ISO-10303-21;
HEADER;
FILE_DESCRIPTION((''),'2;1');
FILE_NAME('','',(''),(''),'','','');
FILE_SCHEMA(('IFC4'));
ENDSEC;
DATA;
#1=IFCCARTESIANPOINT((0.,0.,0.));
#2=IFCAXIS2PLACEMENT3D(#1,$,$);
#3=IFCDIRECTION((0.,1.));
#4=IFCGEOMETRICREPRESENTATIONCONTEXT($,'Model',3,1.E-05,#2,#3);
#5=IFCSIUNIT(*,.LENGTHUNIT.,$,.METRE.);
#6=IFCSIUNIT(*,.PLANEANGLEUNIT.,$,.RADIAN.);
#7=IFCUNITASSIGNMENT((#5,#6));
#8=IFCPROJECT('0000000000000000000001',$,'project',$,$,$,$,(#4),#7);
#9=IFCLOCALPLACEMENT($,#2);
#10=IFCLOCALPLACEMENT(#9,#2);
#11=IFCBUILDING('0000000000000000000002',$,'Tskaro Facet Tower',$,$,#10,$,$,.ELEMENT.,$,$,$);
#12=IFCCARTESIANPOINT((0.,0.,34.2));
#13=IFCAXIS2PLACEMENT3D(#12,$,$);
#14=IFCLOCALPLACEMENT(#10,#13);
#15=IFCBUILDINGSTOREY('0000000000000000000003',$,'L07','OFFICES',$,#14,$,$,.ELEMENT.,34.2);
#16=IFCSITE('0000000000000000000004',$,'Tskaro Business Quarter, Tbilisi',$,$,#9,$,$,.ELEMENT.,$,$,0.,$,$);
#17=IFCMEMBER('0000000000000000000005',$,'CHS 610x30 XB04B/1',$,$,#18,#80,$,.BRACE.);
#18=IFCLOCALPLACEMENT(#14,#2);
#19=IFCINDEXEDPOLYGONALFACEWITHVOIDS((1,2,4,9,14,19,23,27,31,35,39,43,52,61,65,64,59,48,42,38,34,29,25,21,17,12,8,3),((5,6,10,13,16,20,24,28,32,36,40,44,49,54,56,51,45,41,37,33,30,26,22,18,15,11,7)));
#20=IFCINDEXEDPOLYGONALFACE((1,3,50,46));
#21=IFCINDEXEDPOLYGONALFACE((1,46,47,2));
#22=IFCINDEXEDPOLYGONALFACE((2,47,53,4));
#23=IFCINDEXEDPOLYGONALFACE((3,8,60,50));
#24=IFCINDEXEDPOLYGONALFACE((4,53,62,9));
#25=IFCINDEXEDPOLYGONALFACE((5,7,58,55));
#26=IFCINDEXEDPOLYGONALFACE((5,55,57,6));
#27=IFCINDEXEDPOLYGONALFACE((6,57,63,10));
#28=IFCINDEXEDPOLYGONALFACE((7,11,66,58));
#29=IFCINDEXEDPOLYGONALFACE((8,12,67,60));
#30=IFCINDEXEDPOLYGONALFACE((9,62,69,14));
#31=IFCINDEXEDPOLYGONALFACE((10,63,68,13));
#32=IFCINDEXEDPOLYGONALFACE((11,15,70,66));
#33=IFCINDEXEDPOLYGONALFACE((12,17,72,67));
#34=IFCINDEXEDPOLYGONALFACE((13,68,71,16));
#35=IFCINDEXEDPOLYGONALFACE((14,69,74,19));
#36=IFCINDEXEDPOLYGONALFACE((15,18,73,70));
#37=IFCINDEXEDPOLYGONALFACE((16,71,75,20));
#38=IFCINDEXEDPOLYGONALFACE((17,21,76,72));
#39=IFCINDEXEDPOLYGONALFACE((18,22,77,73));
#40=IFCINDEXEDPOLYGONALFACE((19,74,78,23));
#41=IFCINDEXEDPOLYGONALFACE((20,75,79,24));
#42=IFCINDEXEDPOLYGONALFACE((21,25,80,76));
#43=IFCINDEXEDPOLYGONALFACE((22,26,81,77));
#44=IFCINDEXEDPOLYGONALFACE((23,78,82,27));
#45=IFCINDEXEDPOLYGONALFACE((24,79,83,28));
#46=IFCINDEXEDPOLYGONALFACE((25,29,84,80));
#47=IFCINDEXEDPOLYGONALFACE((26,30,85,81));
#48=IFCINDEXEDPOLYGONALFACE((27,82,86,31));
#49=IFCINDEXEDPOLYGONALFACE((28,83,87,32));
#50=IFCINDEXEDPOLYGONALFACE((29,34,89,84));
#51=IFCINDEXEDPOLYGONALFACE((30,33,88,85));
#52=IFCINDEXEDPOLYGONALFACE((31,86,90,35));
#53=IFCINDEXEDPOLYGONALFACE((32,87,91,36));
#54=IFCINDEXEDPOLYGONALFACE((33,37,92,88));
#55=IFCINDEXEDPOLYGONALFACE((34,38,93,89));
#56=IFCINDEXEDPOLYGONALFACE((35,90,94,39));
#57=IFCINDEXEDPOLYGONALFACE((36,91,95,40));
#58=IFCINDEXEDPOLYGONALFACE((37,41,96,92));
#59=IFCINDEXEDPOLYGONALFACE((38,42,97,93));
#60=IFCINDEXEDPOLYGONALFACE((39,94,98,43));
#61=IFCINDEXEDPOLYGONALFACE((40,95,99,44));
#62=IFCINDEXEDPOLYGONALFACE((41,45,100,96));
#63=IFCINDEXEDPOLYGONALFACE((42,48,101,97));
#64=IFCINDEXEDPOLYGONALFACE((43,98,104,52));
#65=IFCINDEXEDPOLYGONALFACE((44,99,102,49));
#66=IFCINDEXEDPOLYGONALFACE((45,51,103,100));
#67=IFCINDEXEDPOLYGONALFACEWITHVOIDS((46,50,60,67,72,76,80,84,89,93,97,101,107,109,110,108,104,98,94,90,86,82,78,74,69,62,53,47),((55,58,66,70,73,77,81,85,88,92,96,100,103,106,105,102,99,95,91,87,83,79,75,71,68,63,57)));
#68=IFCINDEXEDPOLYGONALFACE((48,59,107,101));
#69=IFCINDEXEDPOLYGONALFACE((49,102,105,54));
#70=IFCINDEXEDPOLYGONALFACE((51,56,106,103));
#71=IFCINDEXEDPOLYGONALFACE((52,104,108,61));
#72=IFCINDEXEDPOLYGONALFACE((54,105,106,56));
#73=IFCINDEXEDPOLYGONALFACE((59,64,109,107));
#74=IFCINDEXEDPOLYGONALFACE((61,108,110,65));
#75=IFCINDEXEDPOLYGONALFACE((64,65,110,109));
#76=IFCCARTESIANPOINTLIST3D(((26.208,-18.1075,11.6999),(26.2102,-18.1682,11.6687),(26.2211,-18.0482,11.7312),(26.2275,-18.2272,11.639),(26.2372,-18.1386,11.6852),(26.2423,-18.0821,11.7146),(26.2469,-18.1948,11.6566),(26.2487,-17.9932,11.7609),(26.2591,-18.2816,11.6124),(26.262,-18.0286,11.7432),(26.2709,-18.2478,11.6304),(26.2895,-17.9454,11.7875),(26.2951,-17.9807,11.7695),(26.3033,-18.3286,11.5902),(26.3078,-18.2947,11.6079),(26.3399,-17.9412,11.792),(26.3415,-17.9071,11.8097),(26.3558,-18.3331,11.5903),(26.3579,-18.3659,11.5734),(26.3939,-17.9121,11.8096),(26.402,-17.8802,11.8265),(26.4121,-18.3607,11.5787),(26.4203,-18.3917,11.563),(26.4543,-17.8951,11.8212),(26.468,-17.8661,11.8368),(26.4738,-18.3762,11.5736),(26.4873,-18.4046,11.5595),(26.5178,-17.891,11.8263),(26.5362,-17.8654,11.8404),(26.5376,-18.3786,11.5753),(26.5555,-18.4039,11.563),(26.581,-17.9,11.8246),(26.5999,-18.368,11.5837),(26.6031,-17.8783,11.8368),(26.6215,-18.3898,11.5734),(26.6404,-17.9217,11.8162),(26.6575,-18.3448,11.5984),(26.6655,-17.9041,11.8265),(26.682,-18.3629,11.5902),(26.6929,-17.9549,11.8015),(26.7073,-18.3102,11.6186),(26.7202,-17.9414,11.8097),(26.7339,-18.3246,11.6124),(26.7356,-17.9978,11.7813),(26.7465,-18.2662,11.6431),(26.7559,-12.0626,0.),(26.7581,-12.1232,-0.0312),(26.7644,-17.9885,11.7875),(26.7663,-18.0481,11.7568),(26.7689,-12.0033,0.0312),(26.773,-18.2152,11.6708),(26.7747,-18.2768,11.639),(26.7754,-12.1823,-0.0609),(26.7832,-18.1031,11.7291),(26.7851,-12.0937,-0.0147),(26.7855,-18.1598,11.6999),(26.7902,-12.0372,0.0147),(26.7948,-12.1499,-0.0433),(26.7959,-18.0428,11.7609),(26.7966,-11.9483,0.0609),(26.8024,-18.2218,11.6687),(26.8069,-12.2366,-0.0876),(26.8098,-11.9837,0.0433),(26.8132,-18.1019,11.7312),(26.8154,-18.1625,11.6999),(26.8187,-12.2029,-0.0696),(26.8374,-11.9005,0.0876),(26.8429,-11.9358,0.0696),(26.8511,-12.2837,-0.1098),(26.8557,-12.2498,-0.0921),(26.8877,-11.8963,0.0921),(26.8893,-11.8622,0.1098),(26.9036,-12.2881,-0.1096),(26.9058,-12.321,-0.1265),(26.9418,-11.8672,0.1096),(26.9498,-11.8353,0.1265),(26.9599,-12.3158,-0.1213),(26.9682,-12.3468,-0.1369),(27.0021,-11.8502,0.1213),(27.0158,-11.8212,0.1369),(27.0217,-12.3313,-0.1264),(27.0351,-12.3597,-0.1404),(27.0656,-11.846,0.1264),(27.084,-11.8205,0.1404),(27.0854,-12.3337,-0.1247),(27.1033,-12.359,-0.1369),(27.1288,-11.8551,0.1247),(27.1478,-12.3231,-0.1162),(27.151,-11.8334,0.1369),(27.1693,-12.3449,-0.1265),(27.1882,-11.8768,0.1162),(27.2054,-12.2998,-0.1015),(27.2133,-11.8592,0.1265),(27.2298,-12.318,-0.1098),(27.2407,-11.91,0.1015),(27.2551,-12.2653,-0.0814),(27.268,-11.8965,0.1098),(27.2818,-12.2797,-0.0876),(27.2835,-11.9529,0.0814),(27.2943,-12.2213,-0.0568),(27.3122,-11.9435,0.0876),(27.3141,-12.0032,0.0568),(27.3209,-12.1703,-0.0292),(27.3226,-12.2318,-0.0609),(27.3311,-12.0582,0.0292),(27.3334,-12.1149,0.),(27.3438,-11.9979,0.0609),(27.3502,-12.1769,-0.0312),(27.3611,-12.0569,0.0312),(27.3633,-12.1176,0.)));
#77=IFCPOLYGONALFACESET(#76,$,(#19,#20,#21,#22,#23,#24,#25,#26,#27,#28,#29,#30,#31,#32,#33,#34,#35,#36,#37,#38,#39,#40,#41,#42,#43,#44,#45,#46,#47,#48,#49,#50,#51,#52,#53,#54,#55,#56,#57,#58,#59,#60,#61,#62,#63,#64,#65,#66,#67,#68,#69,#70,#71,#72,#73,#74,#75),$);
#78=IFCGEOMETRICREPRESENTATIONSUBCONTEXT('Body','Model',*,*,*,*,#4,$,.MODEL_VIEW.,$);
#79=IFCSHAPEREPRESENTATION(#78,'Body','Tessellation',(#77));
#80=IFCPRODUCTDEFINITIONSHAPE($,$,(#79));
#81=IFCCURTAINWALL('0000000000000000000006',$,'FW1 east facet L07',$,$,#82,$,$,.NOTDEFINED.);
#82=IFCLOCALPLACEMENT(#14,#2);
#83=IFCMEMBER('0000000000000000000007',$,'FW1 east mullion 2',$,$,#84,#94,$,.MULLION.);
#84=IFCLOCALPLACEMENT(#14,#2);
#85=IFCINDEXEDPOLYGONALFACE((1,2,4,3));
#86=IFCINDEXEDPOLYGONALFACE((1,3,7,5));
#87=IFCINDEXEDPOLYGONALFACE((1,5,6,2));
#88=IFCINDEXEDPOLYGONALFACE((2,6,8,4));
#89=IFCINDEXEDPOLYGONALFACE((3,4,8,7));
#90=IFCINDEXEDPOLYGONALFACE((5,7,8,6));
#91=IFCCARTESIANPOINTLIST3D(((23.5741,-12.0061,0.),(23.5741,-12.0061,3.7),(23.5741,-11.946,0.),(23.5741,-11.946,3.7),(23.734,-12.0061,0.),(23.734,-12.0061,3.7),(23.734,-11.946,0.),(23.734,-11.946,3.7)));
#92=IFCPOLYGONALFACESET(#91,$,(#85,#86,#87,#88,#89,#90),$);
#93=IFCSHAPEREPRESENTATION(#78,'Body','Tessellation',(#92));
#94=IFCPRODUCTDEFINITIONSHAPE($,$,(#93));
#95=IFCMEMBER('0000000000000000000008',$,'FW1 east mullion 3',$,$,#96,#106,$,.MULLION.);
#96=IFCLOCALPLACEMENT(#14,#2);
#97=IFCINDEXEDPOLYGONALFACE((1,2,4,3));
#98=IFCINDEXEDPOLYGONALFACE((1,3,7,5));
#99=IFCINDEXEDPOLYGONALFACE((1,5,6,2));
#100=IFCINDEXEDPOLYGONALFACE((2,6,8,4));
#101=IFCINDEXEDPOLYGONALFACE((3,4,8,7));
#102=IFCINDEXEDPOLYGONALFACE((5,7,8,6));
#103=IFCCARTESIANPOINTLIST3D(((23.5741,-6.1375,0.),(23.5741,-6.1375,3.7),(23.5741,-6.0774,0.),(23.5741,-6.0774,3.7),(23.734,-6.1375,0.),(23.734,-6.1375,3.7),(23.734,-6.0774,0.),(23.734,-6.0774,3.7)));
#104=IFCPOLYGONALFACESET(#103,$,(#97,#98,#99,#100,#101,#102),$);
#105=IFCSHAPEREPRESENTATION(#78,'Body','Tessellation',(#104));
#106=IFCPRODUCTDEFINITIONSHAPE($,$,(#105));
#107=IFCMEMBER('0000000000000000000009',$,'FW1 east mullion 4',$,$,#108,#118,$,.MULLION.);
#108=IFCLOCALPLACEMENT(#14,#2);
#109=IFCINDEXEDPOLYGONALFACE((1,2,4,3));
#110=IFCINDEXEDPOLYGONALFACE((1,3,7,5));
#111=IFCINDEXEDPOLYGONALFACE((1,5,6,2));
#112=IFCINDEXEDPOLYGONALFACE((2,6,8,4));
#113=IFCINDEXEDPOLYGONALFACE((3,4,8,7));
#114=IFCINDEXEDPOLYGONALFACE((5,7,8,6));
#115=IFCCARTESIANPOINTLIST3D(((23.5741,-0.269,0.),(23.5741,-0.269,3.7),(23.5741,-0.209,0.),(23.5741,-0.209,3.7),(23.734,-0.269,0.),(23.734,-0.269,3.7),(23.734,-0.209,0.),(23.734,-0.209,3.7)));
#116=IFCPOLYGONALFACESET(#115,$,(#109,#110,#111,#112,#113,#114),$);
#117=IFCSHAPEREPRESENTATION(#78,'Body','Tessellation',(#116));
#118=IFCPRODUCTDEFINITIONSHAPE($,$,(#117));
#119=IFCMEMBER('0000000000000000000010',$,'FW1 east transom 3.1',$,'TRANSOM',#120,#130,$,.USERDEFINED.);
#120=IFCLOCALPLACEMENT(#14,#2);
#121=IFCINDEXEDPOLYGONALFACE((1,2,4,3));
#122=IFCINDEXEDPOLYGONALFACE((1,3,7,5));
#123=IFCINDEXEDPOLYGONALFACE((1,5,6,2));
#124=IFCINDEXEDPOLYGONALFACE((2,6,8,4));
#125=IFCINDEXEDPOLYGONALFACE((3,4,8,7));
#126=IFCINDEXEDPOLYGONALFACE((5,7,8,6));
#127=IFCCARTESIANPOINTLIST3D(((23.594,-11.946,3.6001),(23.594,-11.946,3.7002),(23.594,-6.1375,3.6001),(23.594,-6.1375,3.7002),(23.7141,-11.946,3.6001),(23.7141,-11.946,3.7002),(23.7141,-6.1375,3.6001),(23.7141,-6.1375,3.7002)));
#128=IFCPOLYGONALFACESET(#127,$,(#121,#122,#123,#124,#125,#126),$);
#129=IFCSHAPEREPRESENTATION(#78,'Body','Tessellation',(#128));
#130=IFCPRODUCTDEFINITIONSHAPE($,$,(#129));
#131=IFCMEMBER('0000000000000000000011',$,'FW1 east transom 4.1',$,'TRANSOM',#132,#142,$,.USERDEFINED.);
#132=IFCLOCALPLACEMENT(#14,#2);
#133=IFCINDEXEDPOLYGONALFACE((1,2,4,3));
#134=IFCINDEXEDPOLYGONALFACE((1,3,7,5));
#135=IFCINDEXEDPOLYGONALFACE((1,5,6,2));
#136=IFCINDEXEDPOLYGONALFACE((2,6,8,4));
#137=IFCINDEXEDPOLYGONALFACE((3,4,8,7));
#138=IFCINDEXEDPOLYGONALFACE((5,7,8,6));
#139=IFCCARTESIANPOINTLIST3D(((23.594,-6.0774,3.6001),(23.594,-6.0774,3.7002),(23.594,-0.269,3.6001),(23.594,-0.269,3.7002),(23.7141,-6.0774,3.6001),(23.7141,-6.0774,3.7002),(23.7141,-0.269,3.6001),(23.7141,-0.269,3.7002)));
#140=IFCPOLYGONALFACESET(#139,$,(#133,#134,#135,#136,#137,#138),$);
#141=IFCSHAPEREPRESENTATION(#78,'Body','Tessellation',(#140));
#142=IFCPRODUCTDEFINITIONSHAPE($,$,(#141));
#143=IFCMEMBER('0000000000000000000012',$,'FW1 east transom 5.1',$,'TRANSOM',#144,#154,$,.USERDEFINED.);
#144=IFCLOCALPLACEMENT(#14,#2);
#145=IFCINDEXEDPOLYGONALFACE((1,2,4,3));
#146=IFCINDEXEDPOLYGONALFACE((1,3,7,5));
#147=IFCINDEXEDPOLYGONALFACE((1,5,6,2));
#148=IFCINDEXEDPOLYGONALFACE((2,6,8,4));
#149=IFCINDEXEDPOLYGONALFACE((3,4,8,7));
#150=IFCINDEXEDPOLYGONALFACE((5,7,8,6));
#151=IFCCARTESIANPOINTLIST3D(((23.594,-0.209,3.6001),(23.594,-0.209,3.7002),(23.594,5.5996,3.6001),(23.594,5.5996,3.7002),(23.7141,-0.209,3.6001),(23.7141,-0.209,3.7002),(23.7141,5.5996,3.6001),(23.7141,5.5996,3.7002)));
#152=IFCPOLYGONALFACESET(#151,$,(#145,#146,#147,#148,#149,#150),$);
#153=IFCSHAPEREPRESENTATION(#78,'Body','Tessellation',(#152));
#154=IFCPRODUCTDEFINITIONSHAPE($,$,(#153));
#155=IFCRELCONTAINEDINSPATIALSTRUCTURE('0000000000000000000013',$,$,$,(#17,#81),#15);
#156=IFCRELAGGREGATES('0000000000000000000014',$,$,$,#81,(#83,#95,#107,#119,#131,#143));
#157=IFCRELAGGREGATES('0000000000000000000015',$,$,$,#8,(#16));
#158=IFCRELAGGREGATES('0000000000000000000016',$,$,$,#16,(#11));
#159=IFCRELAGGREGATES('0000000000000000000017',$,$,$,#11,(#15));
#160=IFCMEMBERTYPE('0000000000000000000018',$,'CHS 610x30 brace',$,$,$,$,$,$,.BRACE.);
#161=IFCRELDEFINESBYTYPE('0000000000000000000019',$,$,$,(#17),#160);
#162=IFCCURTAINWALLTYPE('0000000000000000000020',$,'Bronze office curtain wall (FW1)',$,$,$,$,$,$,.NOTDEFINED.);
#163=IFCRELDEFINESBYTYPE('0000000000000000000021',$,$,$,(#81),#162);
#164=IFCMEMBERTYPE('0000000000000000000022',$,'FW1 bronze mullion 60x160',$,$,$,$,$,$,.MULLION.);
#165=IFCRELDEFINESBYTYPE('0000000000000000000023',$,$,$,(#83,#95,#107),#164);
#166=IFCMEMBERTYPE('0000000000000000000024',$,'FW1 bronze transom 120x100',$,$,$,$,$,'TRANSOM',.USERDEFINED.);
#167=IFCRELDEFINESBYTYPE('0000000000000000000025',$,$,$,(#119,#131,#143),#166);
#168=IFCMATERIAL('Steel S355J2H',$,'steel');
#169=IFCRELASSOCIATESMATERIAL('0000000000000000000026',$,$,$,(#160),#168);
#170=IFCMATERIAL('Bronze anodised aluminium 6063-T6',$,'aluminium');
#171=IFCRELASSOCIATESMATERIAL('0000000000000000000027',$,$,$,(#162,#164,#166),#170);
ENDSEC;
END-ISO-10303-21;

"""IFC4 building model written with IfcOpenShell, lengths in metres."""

from ifc_helpers import new_model, si_unit, direction, frame, origin, origin_2d, place, context, subcontext, project, spatial, rectangle, hollow_circle, extrude, material, material_profile, profile_set, type_object, element, aggregate, save


model = new_model("IFC4")

# Units and contexts
model_context = context("Model", 3, precision=1e-05, world=origin(), true_north=direction((0.0, 1.0)))
body_context = subcontext(model_context, "Body", "Model", "MODEL_VIEW")
ifc_project = project(units=[si_unit("LENGTHUNIT", "METRE"), si_unit("PLANEANGLEUNIT", "RADIAN")], contexts=[model_context])

# Site, building, storey
site_placement = place(None, origin())
site = spatial("IfcSite", under=ifc_project, at=site_placement, Name="Tskaro Business Quarter, Tbilisi", CompositionType="ELEMENT", RefElevation=0.0)
building_placement = place(site_placement, origin())
building = spatial("IfcBuilding", under=site, at=building_placement, Name="Tskaro Facet Tower", CompositionType="ELEMENT")
storey_placement = place(building_placement, frame((0.0, 0.0, 34.2)))
storey = spatial("IfcBuildingStorey", under=building, at=storey_placement, Name="L07", Description="OFFICES", CompositionType="ELEMENT", Elevation=34.2)

# Shared definitions
ifc_material_1 = material(Name="Steel S355J2H", Category="steel")

# Member
ifc_material_profile_1 = material_profile(ifc_material_1, hollow_circle(Radius=0.3049, WallThickness=0.03, at=origin_2d()), Name="CHS 610x30")
ifc_profile_set_1 = profile_set([ifc_material_profile_1], Name="Steel S355J2H")
member_type_1 = type_object("IfcMemberType", Name="CHS 610x30 brace", PredefinedType="BRACE", material=ifc_profile_set_1)
member_1_placement = place(storey_placement, frame((27.0596, -12.0901, 0.0), z_axis=(-0.041565, -0.45862, 0.88766), x_axis=(0.995918, -0.09026, 0.0)))
element("IfcMember", 1, at=member_1_placement, inside=storey, type_object=member_type_1, Name="CHS 610x30 XB04B/1", PredefinedType="BRACE", context=body_context, shape_type="SweptSolid", body=[
    extrude(hollow_circle(Radius=0.3049, WallThickness=0.03, at=origin_2d()), origin(), (0.0, 0.0, 1.0), 13.1807),
])

# Curtain wall, members
ifc_material_2 = material(Name="Bronze anodised aluminium 6063-T6", Category="aluminium")
curtain_wall_type = type_object("IfcCurtainWallType", Name="Bronze office curtain wall (FW1)", PredefinedType="NOTDEFINED", material=ifc_material_2)
curtain_wall_placement = place(storey_placement, origin())
curtain_wall = element("IfcCurtainWall", 2, at=curtain_wall_placement, inside=storey, type_object=curtain_wall_type, Name="FW1 east facet L07", PredefinedType="NOTDEFINED")
ifc_material_profile_2 = material_profile(ifc_material_2, rectangle(XDim=0.0601, YDim=0.1599, at=origin_2d()), Name="Mullion 60x160")
ifc_profile_set_2 = profile_set([ifc_material_profile_2], Name="Bronze anodised aluminium 6063-T6")
member_type_2 = type_object("IfcMemberType", Name="FW1 bronze mullion 60x160", PredefinedType="MULLION", material=ifc_profile_set_2)
member_2_placement = place(storey_placement, frame((23.6541, -11.9761, 0.0), z_axis=(0.0, 0.0, 1.0), x_axis=(0.0, 1.0, 0.0)))
member_2 = element("IfcMember", 3, at=member_2_placement, type_object=member_type_2, Name="FW1 east mullion 2", PredefinedType="MULLION", context=body_context, shape_type="SweptSolid", body=[
    extrude(rectangle(XDim=0.0601, YDim=0.1599, at=origin_2d()), origin(), (0.0, 0.0, 1.0), 3.7),
])
member_3_placement = place(storey_placement, frame((23.6541, -6.1074, 0.0), z_axis=(0.0, 0.0, 1.0), x_axis=(0.0, 1.0, 0.0)))
member_3 = element("IfcMember", 4, at=member_3_placement, type_object=member_type_2, Name="FW1 east mullion 3", PredefinedType="MULLION", context=body_context, shape_type="SweptSolid", body=[
    extrude(rectangle(XDim=0.0601, YDim=0.1599, at=origin_2d()), origin(), (0.0, 0.0, 1.0), 3.7),
])
member_4_placement = place(storey_placement, frame((23.6541, -0.239, 0.0), z_axis=(0.0, 0.0, 1.0), x_axis=(0.0, 1.0, 0.0)))
member_4 = element("IfcMember", 5, at=member_4_placement, type_object=member_type_2, Name="FW1 east mullion 4", PredefinedType="MULLION", context=body_context, shape_type="SweptSolid", body=[
    extrude(rectangle(XDim=0.0601, YDim=0.1599, at=origin_2d()), origin(), (0.0, 0.0, 1.0), 3.7),
])
ifc_material_profile_3 = material_profile(ifc_material_2, rectangle(XDim=0.1201, YDim=0.1001, at=origin_2d()), Name="Transom 120x100")
ifc_profile_set_3 = profile_set([ifc_material_profile_3], Name="Bronze anodised aluminium 6063-T6")
member_type_3 = type_object("IfcMemberType", Name="FW1 bronze transom 120x100", ElementType="TRANSOM", PredefinedType="USERDEFINED", material=ifc_profile_set_3)
member_5_placement = place(storey_placement, frame((23.6541, -11.946, 3.6501), z_axis=(0.0, 1.0, 0.0), x_axis=(-1.0, 0.0, 0.0)))
member_5 = element("IfcMember", 6, at=member_5_placement, type_object=member_type_3, Name="FW1 east transom 3.1", ObjectType="TRANSOM", PredefinedType="USERDEFINED", context=body_context, shape_type="SweptSolid", body=[
    extrude(rectangle(XDim=0.1201, YDim=0.1001, at=origin_2d()), origin(), (0.0, 0.0, 1.0), 5.8086),
])
member_6_placement = place(storey_placement, frame((23.6541, -6.0774, 3.6501), z_axis=(0.0, 1.0, 0.0), x_axis=(-1.0, 0.0, 0.0)))
member_6 = element("IfcMember", 7, at=member_6_placement, type_object=member_type_3, Name="FW1 east transom 4.1", ObjectType="TRANSOM", PredefinedType="USERDEFINED", context=body_context, shape_type="SweptSolid", body=[
    extrude(rectangle(XDim=0.1201, YDim=0.1001, at=origin_2d()), origin(), (0.0, 0.0, 1.0), 5.8083),
])
member_7_placement = place(storey_placement, frame((23.6541, -0.209, 3.6501), z_axis=(0.0, 1.0, 0.0), x_axis=(-1.0, 0.0, 0.0)))
member_7 = element("IfcMember", 8, at=member_7_placement, type_object=member_type_3, Name="FW1 east transom 5.1", ObjectType="TRANSOM", PredefinedType="USERDEFINED", context=body_context, shape_type="SweptSolid", body=[
    extrude(rectangle(XDim=0.1201, YDim=0.1001, at=origin_2d()), origin(), (0.0, 0.0, 1.0), 5.8086),
])

aggregate(curtain_wall, [member_2, member_3, member_4, member_5, member_6, member_7])

save(model, "model.ifc")
